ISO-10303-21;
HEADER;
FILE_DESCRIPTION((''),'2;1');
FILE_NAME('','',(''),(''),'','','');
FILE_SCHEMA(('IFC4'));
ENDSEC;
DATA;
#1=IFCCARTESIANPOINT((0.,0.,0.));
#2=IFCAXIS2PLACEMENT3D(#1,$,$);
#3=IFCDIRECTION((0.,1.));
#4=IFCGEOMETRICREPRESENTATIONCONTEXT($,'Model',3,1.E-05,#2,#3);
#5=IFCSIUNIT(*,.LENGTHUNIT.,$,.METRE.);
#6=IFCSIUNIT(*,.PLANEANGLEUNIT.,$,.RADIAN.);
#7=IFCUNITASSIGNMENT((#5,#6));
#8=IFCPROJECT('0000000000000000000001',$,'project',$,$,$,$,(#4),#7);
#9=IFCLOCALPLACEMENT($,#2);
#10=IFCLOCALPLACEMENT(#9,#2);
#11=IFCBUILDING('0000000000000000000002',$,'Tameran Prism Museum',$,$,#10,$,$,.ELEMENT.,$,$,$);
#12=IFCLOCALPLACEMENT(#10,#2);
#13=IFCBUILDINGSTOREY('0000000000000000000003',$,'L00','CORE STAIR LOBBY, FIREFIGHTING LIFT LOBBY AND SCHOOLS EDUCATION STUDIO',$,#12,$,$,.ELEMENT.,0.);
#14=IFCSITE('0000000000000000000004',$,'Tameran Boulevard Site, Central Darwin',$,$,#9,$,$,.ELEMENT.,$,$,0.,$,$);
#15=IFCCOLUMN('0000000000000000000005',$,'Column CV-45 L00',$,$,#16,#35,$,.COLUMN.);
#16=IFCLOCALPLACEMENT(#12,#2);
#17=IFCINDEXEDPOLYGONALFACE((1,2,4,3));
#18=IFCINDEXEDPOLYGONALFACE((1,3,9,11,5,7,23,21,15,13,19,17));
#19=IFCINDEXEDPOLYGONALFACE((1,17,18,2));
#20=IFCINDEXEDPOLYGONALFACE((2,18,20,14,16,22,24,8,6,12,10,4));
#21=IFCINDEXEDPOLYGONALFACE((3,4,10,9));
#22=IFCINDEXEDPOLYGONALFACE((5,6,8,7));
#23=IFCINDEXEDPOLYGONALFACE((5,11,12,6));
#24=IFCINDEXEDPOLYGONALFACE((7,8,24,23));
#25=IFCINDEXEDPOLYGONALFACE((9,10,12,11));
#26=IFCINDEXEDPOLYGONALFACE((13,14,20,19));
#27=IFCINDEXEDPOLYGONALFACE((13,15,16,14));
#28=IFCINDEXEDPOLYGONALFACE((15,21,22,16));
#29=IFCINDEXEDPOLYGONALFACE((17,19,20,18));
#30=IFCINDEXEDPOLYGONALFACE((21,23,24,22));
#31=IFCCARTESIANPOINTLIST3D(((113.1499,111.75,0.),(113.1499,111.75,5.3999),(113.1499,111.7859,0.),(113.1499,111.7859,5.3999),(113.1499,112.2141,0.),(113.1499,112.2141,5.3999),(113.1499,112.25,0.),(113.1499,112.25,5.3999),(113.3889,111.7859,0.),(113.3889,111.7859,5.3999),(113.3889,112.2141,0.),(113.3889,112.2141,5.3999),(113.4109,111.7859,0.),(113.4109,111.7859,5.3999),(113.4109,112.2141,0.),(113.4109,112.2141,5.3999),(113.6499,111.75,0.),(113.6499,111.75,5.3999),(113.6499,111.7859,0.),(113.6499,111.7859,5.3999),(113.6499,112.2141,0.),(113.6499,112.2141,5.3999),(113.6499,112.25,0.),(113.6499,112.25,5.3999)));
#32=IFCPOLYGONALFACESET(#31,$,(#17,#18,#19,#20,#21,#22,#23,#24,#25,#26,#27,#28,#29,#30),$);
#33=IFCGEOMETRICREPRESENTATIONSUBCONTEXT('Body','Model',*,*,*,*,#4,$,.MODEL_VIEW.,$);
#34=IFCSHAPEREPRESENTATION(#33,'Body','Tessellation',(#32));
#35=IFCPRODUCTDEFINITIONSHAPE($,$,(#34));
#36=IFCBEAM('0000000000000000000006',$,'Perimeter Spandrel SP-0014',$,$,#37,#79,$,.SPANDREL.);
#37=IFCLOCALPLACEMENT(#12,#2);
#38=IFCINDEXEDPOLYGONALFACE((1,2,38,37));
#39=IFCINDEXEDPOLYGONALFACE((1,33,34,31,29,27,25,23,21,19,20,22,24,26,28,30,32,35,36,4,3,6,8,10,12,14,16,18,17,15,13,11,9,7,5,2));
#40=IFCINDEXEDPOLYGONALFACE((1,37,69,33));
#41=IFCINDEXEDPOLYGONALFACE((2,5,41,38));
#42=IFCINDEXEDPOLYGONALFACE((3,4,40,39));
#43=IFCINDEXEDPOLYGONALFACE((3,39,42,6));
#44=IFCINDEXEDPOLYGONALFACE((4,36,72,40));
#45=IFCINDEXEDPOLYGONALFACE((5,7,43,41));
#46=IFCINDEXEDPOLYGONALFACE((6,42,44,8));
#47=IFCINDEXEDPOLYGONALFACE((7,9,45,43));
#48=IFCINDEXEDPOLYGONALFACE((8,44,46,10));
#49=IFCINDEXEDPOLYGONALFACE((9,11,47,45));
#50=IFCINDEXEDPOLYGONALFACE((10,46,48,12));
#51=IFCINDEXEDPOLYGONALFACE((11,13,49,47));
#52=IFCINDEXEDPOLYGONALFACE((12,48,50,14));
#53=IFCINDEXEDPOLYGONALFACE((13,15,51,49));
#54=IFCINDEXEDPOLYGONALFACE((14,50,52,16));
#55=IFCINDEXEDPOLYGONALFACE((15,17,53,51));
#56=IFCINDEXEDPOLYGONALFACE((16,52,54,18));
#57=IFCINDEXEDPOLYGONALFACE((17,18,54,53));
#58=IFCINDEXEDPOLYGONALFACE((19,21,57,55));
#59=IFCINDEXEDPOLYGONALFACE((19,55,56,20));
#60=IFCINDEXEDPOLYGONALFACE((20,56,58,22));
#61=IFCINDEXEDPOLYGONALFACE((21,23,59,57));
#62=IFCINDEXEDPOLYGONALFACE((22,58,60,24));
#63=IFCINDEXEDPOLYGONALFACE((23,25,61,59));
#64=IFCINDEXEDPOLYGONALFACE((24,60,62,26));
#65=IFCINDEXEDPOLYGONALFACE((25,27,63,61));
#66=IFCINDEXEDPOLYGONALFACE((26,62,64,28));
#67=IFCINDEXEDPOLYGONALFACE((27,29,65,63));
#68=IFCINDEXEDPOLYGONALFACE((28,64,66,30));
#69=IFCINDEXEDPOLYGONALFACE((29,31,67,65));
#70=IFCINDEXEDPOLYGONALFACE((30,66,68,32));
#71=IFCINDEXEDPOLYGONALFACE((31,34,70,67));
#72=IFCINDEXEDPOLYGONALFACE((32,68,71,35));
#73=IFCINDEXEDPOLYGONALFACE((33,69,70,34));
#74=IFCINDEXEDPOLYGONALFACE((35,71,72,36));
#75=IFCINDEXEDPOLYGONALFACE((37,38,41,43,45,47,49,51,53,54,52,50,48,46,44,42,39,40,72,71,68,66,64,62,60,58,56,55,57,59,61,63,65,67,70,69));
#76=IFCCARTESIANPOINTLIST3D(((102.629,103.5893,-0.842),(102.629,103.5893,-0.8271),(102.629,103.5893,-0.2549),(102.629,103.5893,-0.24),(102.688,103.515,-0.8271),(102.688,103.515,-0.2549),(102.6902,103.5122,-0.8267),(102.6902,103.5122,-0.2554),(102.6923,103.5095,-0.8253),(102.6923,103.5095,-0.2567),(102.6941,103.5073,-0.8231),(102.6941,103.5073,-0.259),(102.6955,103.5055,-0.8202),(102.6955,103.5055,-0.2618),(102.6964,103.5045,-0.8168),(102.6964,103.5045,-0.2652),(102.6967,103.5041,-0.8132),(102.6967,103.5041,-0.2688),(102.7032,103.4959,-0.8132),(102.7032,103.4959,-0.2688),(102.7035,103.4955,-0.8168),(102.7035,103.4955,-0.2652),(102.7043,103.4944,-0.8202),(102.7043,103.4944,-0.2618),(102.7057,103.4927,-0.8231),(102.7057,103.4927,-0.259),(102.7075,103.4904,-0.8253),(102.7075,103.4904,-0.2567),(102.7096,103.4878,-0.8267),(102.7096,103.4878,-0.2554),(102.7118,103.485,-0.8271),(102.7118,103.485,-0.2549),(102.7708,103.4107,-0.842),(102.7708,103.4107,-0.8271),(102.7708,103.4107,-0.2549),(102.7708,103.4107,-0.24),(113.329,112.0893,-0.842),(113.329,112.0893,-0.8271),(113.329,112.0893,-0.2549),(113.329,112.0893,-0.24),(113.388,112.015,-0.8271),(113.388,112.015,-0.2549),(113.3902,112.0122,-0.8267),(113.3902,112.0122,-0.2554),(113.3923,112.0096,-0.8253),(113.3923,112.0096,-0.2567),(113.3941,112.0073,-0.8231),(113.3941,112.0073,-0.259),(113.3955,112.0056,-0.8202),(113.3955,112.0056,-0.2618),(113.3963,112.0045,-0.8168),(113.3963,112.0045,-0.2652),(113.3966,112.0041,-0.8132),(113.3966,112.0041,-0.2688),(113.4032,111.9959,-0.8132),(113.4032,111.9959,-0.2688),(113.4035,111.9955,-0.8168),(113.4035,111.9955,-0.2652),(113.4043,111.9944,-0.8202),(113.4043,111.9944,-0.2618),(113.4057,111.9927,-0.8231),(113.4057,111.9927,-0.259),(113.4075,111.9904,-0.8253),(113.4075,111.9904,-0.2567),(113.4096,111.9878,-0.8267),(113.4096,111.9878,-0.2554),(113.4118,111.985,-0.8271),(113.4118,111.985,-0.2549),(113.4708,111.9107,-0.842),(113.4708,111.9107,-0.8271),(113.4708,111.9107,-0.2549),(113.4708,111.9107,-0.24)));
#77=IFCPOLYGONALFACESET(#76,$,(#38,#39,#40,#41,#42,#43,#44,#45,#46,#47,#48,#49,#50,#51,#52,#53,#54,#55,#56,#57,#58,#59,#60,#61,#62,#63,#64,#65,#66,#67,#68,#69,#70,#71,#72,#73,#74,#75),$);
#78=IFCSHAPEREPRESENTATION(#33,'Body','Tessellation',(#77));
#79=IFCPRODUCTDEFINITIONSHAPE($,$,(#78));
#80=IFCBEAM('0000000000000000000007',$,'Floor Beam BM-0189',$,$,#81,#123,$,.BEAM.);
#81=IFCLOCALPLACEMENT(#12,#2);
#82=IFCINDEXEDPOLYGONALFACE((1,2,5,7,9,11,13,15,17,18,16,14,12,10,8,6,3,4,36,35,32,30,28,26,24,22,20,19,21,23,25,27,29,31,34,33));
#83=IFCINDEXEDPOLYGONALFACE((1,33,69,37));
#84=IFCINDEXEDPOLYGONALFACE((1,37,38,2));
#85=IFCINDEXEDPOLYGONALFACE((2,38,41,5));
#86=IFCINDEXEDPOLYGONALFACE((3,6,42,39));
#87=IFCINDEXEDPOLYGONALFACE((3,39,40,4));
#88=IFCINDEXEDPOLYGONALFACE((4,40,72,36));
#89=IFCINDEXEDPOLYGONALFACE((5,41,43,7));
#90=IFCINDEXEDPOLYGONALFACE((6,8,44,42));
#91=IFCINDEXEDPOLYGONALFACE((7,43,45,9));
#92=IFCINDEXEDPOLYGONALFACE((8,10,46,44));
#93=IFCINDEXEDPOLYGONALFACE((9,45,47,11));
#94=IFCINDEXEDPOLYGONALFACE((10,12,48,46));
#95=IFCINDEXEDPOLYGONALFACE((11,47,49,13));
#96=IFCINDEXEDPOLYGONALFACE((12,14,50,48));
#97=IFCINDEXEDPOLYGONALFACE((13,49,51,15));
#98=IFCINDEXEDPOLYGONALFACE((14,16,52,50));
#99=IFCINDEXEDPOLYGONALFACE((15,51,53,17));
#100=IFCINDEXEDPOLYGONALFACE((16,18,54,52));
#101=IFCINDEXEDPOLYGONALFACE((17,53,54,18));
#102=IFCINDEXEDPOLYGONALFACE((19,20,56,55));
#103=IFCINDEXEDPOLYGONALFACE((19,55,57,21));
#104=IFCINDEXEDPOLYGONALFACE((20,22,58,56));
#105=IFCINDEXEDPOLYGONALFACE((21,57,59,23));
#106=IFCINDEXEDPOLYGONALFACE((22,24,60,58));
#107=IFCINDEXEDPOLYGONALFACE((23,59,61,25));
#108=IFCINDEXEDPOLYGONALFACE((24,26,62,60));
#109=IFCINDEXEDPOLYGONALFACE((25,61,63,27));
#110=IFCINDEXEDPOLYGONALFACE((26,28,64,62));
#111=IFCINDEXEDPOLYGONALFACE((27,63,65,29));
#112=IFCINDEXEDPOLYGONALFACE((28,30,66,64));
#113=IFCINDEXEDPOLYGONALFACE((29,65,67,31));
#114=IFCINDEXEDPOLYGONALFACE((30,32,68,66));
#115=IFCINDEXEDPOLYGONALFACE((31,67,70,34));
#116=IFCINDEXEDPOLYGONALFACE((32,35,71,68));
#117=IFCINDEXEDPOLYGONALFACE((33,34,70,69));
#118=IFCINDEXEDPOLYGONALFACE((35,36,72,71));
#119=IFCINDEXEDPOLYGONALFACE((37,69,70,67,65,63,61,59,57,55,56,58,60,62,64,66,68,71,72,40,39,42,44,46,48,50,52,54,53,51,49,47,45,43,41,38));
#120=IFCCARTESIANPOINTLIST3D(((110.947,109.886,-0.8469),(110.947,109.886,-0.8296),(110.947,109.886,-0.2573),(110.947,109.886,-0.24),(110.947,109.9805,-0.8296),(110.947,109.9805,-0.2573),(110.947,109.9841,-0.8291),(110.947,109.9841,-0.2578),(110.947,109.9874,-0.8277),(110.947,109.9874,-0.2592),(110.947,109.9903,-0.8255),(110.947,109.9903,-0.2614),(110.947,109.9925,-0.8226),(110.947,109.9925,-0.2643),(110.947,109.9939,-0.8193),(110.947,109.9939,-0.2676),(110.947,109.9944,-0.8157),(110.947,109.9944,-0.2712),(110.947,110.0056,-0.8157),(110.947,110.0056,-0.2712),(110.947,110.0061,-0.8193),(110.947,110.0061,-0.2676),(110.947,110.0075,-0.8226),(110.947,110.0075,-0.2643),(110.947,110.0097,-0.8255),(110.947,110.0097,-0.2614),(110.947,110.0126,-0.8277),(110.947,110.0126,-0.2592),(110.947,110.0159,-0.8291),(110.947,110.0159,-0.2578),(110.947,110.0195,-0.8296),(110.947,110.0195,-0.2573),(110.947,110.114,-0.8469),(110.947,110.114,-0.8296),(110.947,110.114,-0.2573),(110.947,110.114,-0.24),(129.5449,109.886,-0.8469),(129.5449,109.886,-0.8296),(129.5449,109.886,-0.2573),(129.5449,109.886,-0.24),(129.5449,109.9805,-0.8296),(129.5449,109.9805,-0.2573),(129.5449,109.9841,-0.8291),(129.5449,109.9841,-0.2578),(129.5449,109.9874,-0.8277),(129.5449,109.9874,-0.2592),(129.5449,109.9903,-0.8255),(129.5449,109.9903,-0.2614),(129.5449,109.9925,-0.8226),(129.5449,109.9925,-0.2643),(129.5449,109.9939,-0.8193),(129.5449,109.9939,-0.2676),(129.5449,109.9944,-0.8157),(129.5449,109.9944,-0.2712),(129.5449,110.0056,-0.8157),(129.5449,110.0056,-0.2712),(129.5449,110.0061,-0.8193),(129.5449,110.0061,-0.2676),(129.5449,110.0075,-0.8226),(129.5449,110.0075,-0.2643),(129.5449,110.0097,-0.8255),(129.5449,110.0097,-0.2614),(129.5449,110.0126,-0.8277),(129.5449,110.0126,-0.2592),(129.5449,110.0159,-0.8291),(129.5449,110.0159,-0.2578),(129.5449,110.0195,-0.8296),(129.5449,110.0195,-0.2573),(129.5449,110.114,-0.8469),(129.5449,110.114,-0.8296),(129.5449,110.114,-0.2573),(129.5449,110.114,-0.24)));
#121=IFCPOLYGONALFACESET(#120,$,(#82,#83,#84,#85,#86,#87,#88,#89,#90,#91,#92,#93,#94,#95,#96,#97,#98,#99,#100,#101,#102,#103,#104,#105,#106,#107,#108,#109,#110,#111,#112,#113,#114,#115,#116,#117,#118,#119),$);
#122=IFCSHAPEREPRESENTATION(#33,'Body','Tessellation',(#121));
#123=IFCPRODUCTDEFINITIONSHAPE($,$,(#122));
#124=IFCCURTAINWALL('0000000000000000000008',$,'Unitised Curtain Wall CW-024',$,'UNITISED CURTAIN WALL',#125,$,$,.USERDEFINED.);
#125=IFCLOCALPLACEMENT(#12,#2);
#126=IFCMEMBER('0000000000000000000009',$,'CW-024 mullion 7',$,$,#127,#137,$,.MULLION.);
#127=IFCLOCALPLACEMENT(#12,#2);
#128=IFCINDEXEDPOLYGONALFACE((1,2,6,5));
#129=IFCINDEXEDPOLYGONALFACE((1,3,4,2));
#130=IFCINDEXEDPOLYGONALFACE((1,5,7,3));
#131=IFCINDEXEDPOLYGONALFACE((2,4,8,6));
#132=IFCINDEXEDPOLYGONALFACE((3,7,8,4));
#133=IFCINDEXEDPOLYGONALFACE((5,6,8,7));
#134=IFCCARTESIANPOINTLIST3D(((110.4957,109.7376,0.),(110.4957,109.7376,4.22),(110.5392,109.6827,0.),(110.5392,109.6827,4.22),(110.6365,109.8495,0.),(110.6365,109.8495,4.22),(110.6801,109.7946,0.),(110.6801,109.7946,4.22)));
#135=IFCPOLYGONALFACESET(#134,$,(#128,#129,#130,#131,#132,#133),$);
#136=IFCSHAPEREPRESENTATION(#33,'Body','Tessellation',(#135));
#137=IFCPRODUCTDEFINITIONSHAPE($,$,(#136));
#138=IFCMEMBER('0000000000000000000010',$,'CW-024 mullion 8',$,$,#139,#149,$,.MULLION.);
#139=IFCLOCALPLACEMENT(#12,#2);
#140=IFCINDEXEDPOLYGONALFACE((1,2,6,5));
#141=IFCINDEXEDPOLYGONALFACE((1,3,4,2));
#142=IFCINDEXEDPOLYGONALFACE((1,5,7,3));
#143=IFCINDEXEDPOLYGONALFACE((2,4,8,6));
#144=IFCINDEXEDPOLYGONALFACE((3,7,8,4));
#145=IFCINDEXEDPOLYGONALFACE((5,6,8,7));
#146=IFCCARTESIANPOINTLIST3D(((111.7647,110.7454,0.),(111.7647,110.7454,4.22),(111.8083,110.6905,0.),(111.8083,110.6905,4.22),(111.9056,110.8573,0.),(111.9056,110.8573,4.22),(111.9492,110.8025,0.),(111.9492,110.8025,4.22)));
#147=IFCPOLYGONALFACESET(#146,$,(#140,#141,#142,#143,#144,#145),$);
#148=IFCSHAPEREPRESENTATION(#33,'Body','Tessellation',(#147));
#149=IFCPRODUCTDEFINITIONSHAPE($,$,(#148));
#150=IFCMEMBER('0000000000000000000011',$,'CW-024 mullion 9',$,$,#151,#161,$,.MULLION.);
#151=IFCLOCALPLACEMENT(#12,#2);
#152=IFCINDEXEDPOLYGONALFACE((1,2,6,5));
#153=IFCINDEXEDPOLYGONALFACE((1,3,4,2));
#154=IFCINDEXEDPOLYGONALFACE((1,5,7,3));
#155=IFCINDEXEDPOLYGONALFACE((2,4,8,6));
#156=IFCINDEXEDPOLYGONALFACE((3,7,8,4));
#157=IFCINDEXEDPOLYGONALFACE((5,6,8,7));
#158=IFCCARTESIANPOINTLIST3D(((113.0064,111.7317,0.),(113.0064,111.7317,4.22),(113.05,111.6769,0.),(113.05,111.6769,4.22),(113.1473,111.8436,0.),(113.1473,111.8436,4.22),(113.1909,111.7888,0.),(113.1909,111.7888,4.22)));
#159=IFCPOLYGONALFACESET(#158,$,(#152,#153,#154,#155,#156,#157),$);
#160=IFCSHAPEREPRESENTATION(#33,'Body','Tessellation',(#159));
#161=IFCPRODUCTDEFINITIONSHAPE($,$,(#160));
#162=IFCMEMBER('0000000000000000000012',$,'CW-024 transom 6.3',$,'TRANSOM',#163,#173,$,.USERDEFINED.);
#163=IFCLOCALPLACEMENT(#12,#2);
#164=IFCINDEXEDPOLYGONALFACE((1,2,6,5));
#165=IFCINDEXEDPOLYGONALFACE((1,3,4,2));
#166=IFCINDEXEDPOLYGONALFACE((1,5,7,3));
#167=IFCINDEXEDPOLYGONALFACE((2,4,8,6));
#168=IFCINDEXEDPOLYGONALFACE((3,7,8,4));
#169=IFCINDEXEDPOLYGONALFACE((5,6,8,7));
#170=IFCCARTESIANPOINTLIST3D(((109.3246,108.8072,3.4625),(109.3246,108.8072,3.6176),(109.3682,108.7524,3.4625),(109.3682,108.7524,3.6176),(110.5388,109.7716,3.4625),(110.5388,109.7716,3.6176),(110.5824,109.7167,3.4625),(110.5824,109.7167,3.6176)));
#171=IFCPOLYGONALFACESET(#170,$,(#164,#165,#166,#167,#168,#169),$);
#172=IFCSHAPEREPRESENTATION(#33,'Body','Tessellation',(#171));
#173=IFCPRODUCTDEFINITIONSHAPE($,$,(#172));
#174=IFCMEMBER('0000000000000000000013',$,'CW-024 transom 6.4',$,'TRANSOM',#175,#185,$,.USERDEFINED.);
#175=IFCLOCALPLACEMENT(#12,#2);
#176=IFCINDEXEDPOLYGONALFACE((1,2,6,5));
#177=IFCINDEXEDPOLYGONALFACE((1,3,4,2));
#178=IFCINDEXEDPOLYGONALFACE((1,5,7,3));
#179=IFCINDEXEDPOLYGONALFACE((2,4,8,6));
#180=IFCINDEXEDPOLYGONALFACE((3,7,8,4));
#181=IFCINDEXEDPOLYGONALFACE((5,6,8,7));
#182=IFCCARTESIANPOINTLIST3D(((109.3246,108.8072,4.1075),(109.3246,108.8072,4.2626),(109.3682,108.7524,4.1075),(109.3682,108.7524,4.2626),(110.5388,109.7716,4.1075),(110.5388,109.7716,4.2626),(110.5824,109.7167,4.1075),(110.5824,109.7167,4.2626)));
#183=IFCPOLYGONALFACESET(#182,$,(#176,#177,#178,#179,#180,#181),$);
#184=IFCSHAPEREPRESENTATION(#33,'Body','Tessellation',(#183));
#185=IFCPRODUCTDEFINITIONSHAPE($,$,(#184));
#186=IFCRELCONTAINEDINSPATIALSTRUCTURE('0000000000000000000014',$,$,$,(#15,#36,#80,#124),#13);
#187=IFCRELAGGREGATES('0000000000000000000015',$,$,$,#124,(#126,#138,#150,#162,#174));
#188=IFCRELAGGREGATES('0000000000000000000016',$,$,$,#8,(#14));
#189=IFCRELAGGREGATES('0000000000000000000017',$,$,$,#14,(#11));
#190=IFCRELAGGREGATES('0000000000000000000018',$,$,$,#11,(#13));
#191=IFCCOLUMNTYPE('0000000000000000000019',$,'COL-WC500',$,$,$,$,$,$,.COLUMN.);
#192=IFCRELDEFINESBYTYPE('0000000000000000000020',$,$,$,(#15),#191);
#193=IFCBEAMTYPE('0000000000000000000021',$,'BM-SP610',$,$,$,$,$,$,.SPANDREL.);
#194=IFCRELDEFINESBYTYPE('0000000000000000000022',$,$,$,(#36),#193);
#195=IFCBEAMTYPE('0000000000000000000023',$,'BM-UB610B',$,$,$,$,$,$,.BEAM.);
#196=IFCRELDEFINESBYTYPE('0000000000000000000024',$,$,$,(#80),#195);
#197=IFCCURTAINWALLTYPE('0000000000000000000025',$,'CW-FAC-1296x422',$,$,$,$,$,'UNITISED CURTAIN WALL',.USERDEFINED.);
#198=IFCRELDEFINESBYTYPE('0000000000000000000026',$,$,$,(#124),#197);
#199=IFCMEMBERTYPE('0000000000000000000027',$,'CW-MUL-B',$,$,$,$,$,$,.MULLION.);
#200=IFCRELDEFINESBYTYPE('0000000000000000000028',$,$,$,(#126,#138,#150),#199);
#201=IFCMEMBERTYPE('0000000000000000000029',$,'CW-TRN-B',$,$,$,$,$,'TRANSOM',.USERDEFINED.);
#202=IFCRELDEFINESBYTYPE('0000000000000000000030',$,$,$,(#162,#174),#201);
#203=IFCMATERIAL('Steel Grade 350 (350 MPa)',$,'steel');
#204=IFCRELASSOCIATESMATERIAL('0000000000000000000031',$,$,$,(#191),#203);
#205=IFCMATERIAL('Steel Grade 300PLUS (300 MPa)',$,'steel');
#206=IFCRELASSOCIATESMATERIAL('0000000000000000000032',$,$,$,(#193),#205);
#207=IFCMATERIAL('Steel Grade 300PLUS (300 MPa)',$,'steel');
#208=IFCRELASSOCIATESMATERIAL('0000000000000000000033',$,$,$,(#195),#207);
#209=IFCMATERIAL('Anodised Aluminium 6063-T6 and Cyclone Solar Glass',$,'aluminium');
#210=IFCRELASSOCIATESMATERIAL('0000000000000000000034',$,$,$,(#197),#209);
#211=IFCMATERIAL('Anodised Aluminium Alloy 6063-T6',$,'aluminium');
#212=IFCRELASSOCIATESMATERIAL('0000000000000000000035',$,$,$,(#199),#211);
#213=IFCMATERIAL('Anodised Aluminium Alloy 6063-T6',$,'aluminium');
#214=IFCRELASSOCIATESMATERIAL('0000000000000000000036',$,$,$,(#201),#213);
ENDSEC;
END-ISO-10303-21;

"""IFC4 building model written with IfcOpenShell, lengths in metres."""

from ifc_helpers import new_model, si_unit, direction, frame, origin, origin_2d, place, context, subcontext, project, spatial, rectangle, i_section, extrude, material, material_profile, profile_set, type_object, element, aggregate, save


model = new_model("IFC4")

# Units and contexts
model_context = context("Model", 3, precision=1e-05, world=origin(), true_north=direction((0.0, 1.0)))
body_context = subcontext(model_context, "Body", "Model", "MODEL_VIEW")
ifc_project = project(units=[si_unit("LENGTHUNIT", "METRE"), si_unit("PLANEANGLEUNIT", "RADIAN")], contexts=[model_context])

# Site, building, storey
site_placement = place(None, origin())
site = spatial("IfcSite", under=ifc_project, at=site_placement, Name="Tameran Boulevard Site, Central Darwin", CompositionType="ELEMENT", RefElevation=0.0)
building_placement = place(site_placement, origin())
building = spatial("IfcBuilding", under=site, at=building_placement, Name="Tameran Prism Museum", CompositionType="ELEMENT")
storey_placement = place(building_placement, origin())
storey = spatial("IfcBuildingStorey", under=building, at=storey_placement, Name="L00", Description="CORE STAIR LOBBY, FIREFIGHTING LIFT LOBBY AND SCHOOLS EDUCATION STUDIO", CompositionType="ELEMENT", Elevation=0.0)

# Column
ifc_material_1 = material(Name="Steel Grade 350 (350 MPa)", Category="steel")
ifc_material_profile_1 = material_profile(ifc_material_1, i_section(OverallWidth=0.5, OverallDepth=0.5, WebThickness=0.022, FlangeThickness=0.0359, at=origin_2d()))
ifc_profile_set_1 = profile_set([ifc_material_profile_1])
column_type = type_object("IfcColumnType", Name="COL-WC500", PredefinedType="COLUMN", material=ifc_profile_set_1)
column_placement = place(storey_placement, frame((113.3999, 112.0, 0.0), z_axis=(0.0, 0.0, 1.0), x_axis=(1.0, 0.0, 0.0)))
element("IfcColumn", 1, at=column_placement, inside=storey, type_object=column_type, Name="Column CV-45 L00", PredefinedType="COLUMN", context=body_context, shape_type="SweptSolid", body=[
    extrude(i_section(OverallWidth=0.5, OverallDepth=0.5, WebThickness=0.022, FlangeThickness=0.0359, at=origin_2d()), origin(), (0.0, 0.0, 1.0), 5.3999),
])

# Beams
ifc_material_2 = material(Name="Steel Grade 300PLUS (300 MPa)", Category="steel")
ifc_material_profile_2 = material_profile(ifc_material_2, i_section(OverallWidth=0.228, OverallDepth=0.6021, WebThickness=0.0105, FlangeThickness=0.0149, FilletRadius=0.0139, at=origin_2d()))
ifc_profile_set_2 = profile_set([ifc_material_profile_2])
beam_type_1 = type_object("IfcBeamType", Name="BM-SP610", PredefinedType="SPANDREL", material=ifc_profile_set_2)
beam_1_placement = place(storey_placement, frame((113.3999, 112.0, -0.541), z_axis=(-0.783005, -0.622016, 0.0), x_axis=(0.622016, -0.783005, 0.0)))
element("IfcBeam", 2, at=beam_1_placement, inside=storey, type_object=beam_type_1, Name="Perimeter Spandrel SP-0014", PredefinedType="SPANDREL", context=body_context, shape_type="SweptSolid", body=[
    extrude(i_section(OverallWidth=0.228, OverallDepth=0.6021, WebThickness=0.0105, FlangeThickness=0.0149, FilletRadius=0.0139, at=origin_2d()), origin(), (0.0, 0.0, 1.0), 13.6653),
])
ifc_material_3 = material(Name="Steel Grade 300PLUS (300 MPa)", Category="steel")
ifc_material_profile_3 = material_profile(ifc_material_3, i_section(OverallWidth=0.228, OverallDepth=0.6069, WebThickness=0.0112, FlangeThickness=0.0173, FilletRadius=0.0139, at=origin_2d()))
ifc_profile_set_3 = profile_set([ifc_material_profile_3])
beam_type_2 = type_object("IfcBeamType", Name="BM-UB610B", PredefinedType="BEAM", material=ifc_profile_set_3)
beam_2_placement = place(storey_placement, frame((110.947, 110.0, -0.5435), z_axis=(1.0, 0.0, 0.0), x_axis=(0.0, 1.0, 0.0)))
element("IfcBeam", 3, at=beam_2_placement, inside=storey, type_object=beam_type_2, Name="Floor Beam BM-0189", PredefinedType="BEAM", context=body_context, shape_type="SweptSolid", body=[
    extrude(i_section(OverallWidth=0.228, OverallDepth=0.6069, WebThickness=0.0112, FlangeThickness=0.0173, FilletRadius=0.0139, at=origin_2d()), origin(), (0.0, 0.0, 1.0), 18.5979),
])

# Curtain wall, members
ifc_material_4 = material(Name="Anodised Aluminium 6063-T6 and Cyclone Solar Glass", Category="aluminium")
curtain_wall_type = type_object("IfcCurtainWallType", Name="CW-FAC-1296x422", ElementType="UNITISED CURTAIN WALL", PredefinedType="USERDEFINED", material=ifc_material_4)
curtain_wall_placement = place(storey_placement, origin())
curtain_wall = element("IfcCurtainWall", 4, at=curtain_wall_placement, inside=storey, type_object=curtain_wall_type, Name="Unitised Curtain Wall CW-024", ObjectType="UNITISED CURTAIN WALL", PredefinedType="USERDEFINED")
ifc_material_5 = material(Name="Anodised Aluminium Alloy 6063-T6", Category="aluminium")
ifc_material_profile_4 = material_profile(ifc_material_5, rectangle(XDim=0.0701, YDim=0.1799, at=origin_2d()))
ifc_profile_set_4 = profile_set([ifc_material_profile_4])
member_type_1 = type_object("IfcMemberType", Name="CW-MUL-B", PredefinedType="MULLION", material=ifc_profile_set_4)
member_1_placement = place(storey_placement, frame((110.5879, 109.7661, 0.0), z_axis=(0.0, 0.0, 1.0), x_axis=(-0.621982, 0.783031, 0.0)))
member_1 = element("IfcMember", 5, at=member_1_placement, type_object=member_type_1, Name="CW-024 mullion 7", PredefinedType="MULLION", context=body_context, shape_type="SweptSolid", body=[
    extrude(rectangle(XDim=0.0701, YDim=0.1799, at=origin_2d()), origin(), (0.0, 0.0, 1.0), 4.22),
])
member_2_placement = place(storey_placement, frame((111.8569, 110.7739, 0.0), z_axis=(0.0, 0.0, 1.0), x_axis=(-0.621982, 0.783031, 0.0)))
member_2 = element("IfcMember", 6, at=member_2_placement, type_object=member_type_1, Name="CW-024 mullion 8", PredefinedType="MULLION", context=body_context, shape_type="SweptSolid", body=[
    extrude(rectangle(XDim=0.0701, YDim=0.1799, at=origin_2d()), origin(), (0.0, 0.0, 1.0), 4.22),
])
member_3_placement = place(storey_placement, frame((113.0986, 111.7603, 0.0), z_axis=(0.0, 0.0, 1.0), x_axis=(-0.621982, 0.783031, 0.0)))
member_3 = element("IfcMember", 7, at=member_3_placement, type_object=member_type_1, Name="CW-024 mullion 9", PredefinedType="MULLION", context=body_context, shape_type="SweptSolid", body=[
    extrude(rectangle(XDim=0.0701, YDim=0.1799, at=origin_2d()), origin(), (0.0, 0.0, 1.0), 4.22),
])
ifc_material_6 = material(Name="Anodised Aluminium Alloy 6063-T6", Category="aluminium")
ifc_material_profile_5 = material_profile(ifc_material_6, rectangle(XDim=0.0701, YDim=0.155, at=origin_2d()))
ifc_profile_set_5 = profile_set([ifc_material_profile_5])
member_type_2 = type_object("IfcMemberType", Name="CW-TRN-B", ElementType="TRANSOM", PredefinedType="USERDEFINED", material=ifc_profile_set_5)
member_4_placement = place(storey_placement, frame((109.3464, 108.7798, 3.54), z_axis=(0.783045, 0.621965, 0.0), x_axis=(-0.621965, 0.783045, 0.0)))
member_4 = element("IfcMember", 8, at=member_4_placement, type_object=member_type_2, Name="CW-024 transom 6.3", ObjectType="TRANSOM", PredefinedType="USERDEFINED", context=body_context, shape_type="SweptSolid", body=[
    extrude(rectangle(XDim=0.0701, YDim=0.155, at=origin_2d()), origin(), (0.0, 0.0, 1.0), 1.5505),
])
member_5_placement = place(storey_placement, frame((109.3464, 108.7798, 4.1851), z_axis=(0.783045, 0.621965, 0.0), x_axis=(-0.621965, 0.783045, 0.0)))
member_5 = element("IfcMember", 9, at=member_5_placement, type_object=member_type_2, Name="CW-024 transom 6.4", ObjectType="TRANSOM", PredefinedType="USERDEFINED", context=body_context, shape_type="SweptSolid", body=[
    extrude(rectangle(XDim=0.0701, YDim=0.155, at=origin_2d()), origin(), (0.0, 0.0, 1.0), 1.5505),
])
aggregate(curtain_wall, [member_1, member_2, member_3, member_4, member_5])

save(model, "model.ifc")
